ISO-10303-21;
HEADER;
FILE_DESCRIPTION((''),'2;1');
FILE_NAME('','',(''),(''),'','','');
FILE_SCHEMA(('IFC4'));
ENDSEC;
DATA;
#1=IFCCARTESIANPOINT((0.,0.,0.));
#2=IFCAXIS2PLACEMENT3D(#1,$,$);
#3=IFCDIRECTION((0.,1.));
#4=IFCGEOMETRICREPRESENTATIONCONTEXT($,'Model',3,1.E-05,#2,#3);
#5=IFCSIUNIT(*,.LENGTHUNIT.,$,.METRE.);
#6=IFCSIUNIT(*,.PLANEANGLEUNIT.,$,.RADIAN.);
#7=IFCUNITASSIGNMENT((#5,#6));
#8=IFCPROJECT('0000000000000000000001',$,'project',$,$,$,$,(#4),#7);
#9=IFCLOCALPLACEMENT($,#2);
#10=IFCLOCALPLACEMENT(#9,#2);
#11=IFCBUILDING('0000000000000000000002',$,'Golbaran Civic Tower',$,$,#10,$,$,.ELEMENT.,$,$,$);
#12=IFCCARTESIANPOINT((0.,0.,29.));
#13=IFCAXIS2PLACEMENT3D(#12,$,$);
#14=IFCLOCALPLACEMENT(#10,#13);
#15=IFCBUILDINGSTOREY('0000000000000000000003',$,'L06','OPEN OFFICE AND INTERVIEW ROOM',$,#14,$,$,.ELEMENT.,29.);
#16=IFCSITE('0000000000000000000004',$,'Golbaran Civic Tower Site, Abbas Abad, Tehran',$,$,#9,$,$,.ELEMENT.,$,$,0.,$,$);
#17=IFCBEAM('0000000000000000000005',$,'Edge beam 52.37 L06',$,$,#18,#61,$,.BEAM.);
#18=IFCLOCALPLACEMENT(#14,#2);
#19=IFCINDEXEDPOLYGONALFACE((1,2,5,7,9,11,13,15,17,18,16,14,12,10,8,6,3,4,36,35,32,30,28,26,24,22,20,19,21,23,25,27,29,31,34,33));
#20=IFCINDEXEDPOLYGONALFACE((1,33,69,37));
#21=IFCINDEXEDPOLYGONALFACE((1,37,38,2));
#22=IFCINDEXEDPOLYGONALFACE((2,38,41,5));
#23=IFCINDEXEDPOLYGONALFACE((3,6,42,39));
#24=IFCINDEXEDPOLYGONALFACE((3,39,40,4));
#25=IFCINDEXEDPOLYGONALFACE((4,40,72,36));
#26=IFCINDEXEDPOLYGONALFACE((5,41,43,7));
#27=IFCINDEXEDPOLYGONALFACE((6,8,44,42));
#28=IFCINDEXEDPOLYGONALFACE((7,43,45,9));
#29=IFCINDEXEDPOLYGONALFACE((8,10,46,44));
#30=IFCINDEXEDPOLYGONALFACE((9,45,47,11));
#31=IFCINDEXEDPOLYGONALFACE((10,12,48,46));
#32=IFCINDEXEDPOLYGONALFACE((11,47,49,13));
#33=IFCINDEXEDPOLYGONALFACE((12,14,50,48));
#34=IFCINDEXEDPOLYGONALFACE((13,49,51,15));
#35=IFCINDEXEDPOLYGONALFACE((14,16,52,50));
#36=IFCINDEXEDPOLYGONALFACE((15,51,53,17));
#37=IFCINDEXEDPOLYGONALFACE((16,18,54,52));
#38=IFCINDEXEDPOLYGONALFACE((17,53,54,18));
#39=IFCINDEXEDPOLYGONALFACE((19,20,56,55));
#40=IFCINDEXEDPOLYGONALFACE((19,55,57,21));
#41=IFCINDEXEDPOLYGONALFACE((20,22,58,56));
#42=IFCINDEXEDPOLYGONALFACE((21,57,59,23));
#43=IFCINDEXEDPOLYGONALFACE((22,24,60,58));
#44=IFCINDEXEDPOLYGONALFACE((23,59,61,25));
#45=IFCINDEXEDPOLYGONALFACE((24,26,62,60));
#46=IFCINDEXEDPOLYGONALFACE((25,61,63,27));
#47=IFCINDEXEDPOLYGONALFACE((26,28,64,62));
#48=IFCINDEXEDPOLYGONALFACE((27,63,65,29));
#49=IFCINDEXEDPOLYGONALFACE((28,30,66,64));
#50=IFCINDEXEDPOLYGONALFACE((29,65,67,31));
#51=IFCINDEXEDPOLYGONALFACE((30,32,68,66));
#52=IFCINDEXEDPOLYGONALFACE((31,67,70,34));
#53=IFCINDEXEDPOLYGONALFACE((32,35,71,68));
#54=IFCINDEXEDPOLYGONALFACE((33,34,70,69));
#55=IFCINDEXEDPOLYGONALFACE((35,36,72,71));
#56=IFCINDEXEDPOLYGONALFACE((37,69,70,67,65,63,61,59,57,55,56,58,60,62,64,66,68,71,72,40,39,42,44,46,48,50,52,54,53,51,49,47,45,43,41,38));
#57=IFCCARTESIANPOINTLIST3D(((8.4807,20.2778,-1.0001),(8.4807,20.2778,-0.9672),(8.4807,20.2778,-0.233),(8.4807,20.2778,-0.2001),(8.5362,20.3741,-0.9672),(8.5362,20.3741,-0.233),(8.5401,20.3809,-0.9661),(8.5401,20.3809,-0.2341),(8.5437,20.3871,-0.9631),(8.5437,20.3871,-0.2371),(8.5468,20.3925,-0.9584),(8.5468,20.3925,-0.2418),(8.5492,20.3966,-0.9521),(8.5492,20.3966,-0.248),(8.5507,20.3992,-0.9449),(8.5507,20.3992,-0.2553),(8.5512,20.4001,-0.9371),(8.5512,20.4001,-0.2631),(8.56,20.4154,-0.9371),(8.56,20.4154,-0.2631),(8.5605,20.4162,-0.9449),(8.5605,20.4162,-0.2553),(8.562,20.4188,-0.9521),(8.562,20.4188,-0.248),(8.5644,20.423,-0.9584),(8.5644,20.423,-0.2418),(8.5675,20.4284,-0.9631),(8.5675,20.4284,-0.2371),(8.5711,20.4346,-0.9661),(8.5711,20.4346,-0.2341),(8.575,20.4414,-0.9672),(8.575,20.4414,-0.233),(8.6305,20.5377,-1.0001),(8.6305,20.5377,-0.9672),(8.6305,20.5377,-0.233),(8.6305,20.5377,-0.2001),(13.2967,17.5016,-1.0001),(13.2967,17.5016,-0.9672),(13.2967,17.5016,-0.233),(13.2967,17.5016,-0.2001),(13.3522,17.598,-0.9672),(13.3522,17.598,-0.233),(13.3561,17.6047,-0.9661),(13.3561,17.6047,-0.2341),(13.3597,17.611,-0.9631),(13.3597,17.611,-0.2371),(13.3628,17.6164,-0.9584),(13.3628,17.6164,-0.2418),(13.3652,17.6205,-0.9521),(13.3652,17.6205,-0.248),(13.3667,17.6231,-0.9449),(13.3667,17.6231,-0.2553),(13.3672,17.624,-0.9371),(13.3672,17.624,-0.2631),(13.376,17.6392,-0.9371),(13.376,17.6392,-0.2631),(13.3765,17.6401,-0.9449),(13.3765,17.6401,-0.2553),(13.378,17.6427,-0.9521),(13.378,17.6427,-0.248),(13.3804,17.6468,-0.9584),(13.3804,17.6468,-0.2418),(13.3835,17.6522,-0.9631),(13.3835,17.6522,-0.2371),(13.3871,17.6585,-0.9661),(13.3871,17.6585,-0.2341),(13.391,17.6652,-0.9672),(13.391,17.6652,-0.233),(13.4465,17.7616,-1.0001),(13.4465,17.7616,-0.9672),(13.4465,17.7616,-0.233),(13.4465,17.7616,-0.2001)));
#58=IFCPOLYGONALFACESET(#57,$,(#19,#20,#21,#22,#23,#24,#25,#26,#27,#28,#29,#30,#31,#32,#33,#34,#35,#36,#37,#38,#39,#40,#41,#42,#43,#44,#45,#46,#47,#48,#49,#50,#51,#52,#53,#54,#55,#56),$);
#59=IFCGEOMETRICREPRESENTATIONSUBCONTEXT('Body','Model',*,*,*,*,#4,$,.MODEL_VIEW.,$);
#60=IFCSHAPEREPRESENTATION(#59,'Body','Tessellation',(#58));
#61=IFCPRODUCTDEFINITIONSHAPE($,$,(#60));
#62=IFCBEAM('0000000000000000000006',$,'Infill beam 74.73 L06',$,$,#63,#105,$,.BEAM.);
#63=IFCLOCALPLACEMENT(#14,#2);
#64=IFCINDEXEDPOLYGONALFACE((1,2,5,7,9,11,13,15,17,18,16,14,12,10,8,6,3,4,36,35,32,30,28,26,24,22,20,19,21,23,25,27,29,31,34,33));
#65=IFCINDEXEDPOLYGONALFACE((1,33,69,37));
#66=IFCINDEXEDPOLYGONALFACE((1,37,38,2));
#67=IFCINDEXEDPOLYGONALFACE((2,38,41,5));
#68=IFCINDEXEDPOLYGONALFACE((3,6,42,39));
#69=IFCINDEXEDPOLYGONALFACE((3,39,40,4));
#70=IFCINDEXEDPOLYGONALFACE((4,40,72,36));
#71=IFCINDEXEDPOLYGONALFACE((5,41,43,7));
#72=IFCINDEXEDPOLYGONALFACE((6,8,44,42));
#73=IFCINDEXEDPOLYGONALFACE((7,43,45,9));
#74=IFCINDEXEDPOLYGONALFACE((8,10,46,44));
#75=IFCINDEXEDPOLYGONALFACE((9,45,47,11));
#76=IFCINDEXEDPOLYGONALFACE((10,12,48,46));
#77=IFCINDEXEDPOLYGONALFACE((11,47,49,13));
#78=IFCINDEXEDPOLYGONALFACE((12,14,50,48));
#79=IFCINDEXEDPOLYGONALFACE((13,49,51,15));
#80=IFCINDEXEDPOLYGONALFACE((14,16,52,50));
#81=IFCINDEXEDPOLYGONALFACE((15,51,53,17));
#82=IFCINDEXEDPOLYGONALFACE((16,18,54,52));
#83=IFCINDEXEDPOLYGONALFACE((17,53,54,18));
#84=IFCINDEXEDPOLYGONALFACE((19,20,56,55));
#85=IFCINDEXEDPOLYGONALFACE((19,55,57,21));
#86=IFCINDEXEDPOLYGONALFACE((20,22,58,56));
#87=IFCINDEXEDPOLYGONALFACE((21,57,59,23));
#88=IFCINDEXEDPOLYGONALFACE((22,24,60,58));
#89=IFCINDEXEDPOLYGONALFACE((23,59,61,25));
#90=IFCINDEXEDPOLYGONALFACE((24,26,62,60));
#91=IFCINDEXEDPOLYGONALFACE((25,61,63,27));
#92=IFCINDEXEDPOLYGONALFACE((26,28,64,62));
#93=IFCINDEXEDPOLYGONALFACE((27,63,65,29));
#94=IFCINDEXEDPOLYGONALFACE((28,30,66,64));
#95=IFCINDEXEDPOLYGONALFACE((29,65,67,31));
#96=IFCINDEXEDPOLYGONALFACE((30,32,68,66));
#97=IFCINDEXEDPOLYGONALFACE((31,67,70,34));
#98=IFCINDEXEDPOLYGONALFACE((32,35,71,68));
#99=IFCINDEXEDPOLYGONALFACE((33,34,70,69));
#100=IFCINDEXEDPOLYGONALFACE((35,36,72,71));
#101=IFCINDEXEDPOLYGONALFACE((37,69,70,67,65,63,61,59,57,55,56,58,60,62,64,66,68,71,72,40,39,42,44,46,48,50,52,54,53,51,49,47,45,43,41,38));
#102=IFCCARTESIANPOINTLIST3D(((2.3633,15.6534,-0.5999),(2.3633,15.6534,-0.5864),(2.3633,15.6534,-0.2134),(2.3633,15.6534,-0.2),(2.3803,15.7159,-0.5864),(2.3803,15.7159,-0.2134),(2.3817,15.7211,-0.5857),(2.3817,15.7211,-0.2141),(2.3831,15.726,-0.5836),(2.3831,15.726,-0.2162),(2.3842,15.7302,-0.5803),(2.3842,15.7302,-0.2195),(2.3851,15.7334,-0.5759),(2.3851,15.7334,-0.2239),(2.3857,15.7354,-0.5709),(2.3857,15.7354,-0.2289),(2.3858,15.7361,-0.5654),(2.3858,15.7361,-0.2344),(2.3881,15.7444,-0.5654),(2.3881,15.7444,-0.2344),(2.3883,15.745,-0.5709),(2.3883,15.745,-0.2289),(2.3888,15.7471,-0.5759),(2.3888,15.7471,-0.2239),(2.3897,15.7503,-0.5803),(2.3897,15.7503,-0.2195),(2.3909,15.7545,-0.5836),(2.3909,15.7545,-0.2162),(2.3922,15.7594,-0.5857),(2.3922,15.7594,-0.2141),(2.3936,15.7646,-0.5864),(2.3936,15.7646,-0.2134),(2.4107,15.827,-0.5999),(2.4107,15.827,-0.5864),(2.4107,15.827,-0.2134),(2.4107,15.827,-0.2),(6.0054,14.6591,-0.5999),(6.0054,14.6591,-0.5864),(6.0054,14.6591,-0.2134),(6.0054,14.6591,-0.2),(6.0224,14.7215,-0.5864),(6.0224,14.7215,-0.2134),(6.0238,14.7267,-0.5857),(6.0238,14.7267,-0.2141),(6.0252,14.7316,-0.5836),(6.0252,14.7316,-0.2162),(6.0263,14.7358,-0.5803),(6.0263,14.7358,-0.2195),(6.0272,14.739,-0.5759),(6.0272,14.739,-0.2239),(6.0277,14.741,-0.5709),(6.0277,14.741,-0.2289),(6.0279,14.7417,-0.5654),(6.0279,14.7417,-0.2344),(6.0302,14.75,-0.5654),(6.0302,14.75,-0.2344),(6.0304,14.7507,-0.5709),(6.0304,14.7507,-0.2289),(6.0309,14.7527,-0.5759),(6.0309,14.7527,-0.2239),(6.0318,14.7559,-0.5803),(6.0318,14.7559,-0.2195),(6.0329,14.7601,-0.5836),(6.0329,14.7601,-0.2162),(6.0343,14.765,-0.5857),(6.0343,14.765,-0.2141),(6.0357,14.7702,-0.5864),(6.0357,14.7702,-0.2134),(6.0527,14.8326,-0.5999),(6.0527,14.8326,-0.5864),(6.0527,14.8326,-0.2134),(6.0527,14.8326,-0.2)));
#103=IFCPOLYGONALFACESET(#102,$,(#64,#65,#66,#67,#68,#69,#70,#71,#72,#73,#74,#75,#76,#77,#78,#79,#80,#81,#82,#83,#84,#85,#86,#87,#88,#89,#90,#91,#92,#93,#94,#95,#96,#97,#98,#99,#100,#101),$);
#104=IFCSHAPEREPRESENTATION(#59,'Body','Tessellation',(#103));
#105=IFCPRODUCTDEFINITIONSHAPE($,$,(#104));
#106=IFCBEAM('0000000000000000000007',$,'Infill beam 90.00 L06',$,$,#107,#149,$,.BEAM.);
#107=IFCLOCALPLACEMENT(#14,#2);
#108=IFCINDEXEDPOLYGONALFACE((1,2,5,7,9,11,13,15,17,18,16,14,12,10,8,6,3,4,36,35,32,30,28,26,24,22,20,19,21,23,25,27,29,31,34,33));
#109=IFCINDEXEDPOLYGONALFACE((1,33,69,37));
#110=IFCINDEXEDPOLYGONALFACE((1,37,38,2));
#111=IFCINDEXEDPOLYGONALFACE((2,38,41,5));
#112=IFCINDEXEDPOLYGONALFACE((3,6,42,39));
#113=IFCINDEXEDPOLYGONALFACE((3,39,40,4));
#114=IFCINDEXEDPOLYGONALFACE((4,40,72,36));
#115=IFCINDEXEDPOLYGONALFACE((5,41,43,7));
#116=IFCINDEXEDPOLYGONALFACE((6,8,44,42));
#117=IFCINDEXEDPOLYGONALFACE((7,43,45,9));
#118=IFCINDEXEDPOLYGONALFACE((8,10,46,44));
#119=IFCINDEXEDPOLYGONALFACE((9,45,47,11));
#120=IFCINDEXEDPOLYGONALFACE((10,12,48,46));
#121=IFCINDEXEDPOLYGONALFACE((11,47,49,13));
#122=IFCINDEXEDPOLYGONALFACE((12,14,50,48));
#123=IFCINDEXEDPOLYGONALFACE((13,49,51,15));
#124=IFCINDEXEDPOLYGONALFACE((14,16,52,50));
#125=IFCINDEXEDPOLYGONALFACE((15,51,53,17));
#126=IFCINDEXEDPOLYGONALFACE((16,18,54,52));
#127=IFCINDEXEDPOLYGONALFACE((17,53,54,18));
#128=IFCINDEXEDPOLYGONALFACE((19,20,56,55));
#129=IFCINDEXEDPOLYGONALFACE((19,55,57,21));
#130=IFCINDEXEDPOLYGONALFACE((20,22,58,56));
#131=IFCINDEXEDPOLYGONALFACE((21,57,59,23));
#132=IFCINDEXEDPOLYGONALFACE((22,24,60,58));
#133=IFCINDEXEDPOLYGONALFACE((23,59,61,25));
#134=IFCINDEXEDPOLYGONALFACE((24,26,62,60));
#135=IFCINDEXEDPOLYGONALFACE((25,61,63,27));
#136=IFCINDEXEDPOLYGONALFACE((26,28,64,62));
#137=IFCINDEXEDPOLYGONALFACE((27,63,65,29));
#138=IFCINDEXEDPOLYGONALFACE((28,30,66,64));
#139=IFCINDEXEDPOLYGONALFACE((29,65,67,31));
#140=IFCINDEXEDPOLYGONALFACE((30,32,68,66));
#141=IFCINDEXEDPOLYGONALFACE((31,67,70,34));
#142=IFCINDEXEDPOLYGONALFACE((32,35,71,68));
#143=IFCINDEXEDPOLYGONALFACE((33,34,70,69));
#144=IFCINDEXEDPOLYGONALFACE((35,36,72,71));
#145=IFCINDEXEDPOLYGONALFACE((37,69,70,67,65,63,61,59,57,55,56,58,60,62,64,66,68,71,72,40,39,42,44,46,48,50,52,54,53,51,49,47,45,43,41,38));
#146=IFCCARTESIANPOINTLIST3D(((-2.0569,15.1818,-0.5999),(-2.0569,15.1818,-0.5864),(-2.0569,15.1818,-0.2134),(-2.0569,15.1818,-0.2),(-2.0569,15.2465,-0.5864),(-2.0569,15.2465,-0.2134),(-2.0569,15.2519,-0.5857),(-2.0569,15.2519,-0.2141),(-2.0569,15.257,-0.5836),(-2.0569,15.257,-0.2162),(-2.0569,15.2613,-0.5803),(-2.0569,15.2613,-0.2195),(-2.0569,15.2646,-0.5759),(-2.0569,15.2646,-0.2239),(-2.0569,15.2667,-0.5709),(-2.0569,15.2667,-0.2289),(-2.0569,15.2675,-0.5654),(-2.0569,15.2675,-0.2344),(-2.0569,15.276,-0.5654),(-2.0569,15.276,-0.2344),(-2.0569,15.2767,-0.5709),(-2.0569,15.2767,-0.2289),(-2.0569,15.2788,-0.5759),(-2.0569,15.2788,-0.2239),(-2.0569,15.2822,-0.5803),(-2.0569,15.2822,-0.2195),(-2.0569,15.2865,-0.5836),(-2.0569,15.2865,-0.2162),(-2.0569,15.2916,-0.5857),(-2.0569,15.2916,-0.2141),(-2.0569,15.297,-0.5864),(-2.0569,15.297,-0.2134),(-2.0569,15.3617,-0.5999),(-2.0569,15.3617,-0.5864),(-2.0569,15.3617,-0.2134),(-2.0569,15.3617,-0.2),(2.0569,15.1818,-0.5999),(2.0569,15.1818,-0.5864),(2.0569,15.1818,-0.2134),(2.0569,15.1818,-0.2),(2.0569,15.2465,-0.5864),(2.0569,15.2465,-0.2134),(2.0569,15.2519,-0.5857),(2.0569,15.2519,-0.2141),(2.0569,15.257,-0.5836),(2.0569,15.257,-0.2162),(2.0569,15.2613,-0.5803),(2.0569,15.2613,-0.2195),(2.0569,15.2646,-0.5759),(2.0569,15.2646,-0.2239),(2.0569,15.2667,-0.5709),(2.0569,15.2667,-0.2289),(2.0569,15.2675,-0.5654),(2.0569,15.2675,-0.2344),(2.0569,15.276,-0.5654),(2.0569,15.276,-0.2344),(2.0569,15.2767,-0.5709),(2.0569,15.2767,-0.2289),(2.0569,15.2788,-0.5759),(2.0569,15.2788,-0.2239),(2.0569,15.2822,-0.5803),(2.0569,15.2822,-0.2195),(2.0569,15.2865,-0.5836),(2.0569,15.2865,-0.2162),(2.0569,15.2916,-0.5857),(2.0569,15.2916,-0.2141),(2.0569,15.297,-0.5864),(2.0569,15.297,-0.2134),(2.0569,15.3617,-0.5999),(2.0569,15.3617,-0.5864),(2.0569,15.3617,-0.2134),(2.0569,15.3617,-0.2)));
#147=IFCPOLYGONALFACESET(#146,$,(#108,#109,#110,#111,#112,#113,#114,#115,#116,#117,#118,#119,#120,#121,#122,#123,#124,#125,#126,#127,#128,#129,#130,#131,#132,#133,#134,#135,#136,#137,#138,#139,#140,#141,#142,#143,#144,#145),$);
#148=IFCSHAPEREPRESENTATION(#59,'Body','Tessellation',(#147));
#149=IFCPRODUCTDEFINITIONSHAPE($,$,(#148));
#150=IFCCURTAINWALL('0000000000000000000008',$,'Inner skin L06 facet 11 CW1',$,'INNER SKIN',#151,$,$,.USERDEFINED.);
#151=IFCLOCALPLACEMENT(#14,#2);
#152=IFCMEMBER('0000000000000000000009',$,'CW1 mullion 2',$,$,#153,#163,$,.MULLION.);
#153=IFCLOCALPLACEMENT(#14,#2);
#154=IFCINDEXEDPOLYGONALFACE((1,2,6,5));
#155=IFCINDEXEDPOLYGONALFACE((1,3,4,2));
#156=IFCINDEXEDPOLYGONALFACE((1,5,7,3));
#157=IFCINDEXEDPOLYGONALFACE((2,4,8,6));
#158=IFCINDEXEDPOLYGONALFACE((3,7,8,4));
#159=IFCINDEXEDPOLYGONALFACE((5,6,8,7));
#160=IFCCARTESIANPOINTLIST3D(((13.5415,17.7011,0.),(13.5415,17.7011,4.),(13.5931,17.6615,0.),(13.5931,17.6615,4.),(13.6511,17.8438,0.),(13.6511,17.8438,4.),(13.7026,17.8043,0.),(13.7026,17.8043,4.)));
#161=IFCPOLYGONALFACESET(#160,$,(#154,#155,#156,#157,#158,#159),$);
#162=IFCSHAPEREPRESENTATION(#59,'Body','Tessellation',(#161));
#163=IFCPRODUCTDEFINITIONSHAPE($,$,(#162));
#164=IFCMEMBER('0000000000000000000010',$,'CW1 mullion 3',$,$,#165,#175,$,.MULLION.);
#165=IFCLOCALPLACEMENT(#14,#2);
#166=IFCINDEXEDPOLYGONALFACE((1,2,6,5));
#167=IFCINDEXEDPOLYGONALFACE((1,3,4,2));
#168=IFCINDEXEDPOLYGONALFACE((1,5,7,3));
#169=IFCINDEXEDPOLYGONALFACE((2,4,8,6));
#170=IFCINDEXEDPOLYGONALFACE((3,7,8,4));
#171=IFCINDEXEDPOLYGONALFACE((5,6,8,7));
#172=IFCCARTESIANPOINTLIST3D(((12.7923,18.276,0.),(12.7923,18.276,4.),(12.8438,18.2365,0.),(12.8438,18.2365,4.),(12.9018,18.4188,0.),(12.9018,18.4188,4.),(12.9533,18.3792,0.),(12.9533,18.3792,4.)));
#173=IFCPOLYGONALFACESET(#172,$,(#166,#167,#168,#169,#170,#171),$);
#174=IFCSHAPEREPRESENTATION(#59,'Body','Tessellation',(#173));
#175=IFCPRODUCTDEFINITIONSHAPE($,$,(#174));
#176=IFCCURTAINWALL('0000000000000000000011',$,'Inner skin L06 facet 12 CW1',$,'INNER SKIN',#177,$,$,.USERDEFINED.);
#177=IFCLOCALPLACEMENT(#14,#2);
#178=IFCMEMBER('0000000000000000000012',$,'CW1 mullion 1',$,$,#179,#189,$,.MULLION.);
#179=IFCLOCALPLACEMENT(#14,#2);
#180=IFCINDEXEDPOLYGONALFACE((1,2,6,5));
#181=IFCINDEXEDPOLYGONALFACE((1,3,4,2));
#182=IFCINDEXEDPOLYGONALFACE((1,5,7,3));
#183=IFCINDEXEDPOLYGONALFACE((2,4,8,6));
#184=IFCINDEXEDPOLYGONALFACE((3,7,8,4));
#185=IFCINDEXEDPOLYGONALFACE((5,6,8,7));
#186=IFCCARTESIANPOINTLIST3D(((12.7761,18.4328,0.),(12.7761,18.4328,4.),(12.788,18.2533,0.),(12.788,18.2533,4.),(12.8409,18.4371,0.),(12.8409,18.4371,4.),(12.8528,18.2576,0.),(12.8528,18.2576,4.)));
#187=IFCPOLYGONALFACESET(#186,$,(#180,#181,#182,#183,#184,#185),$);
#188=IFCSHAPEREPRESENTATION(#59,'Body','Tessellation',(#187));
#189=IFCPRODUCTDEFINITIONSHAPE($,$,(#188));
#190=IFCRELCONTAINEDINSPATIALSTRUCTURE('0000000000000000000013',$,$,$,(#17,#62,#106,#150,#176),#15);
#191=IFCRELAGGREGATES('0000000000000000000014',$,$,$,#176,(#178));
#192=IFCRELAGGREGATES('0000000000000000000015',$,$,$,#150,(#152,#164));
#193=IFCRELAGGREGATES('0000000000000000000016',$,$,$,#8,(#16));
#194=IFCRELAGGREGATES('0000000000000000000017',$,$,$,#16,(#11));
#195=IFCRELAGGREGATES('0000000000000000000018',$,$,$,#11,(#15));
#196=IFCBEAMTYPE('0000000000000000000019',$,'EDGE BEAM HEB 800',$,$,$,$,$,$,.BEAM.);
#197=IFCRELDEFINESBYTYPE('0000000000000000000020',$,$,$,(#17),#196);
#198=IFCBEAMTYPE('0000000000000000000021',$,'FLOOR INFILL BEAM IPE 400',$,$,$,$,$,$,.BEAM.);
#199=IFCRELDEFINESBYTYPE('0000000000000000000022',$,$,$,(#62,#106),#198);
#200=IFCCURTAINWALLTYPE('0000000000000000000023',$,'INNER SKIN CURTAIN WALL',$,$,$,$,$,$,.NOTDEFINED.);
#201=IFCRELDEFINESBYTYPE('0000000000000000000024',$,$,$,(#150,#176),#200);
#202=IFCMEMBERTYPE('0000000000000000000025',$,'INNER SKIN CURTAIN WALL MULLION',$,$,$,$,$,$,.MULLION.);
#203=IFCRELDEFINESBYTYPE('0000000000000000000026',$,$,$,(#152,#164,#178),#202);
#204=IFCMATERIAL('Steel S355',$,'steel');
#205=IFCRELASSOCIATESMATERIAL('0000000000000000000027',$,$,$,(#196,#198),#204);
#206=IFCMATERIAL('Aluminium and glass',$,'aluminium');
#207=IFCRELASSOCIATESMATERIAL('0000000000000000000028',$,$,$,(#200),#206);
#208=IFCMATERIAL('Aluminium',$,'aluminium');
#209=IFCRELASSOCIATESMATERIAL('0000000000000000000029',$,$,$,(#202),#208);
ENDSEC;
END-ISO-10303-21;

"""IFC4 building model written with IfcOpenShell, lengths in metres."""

from ifc_helpers import new_model, si_unit, direction, frame, origin, origin_2d, place, context, subcontext, project, spatial, rectangle, i_section, extrude, material, material_profile, profile_set, type_object, element, aggregate, save


model = new_model("IFC4")

# Units and contexts
model_context = context("Model", 3, precision=1e-05, world=origin(), true_north=direction((0.0, 1.0)))
body_context = subcontext(model_context, "Body", "Model", "MODEL_VIEW")
ifc_project = project(units=[si_unit("LENGTHUNIT", "METRE"), si_unit("PLANEANGLEUNIT", "RADIAN")], contexts=[model_context])

# Site, building, storey
site_placement = place(None, origin())
site = spatial("IfcSite", under=ifc_project, at=site_placement, Name="Golbaran Civic Tower Site, Abbas Abad, Tehran", CompositionType="ELEMENT", RefElevation=0.0)
building_placement = place(site_placement, origin())
building = spatial("IfcBuilding", under=site, at=building_placement, Name="Golbaran Civic Tower", CompositionType="ELEMENT")
storey_placement = place(building_placement, frame((0.0, 0.0, 29.0)))
storey = spatial("IfcBuildingStorey", under=building, at=storey_placement, Name="L06", Description="OPEN OFFICE AND INTERVIEW ROOM", CompositionType="ELEMENT", Elevation=29.0)

# Beams
ifc_material_1 = material(Name="Steel S355", Category="steel")
ifc_material_profile_1 = material_profile(ifc_material_1, i_section(OverallWidth=0.3, OverallDepth=0.8, WebThickness=0.0176, FlangeThickness=0.033, FilletRadius=0.03, at=origin_2d()), Name="HEB 800")
ifc_profile_set_1 = profile_set([ifc_material_profile_1], Name="Steel S355")
beam_type_1 = type_object("IfcBeamType", Name="EDGE BEAM HEB 800", PredefinedType="BEAM", material=ifc_profile_set_1)
beam_1_placement = place(storey_placement, frame((13.3716, 17.6316, -0.6001), z_axis=(-0.866364, 0.499413, 0.0), x_axis=(-0.499413, -0.866364, 0.0)))
element("IfcBeam", 1, at=beam_1_placement, inside=storey, type_object=beam_type_1, Name="Edge beam 52.37 L06", PredefinedType="BEAM", context=body_context, shape_type="SweptSolid", body=[
    extrude(i_section(OverallWidth=0.3, OverallDepth=0.8, WebThickness=0.0176, FlangeThickness=0.033, FilletRadius=0.03, at=origin_2d()), origin(), (0.0, 0.0, 1.0), 5.5588),
])
ifc_material_profile_2 = material_profile(ifc_material_1, i_section(OverallWidth=0.1799, OverallDepth=0.3999, WebThickness=0.0085, FlangeThickness=0.0134, FilletRadius=0.021, at=origin_2d()), Name="IPE 400")
ifc_profile_set_2 = profile_set([ifc_material_profile_2], Name="Steel S355")
beam_type_2 = type_object("IfcBeamType", Name="FLOOR INFILL BEAM IPE 400", PredefinedType="BEAM", material=ifc_profile_set_2)
beam_2_placement = place(storey_placement, frame((6.0291, 14.7458, -0.3999), z_axis=(-0.964691, 0.263386, 0.0), x_axis=(-0.263386, -0.964691, 0.0)))
element("IfcBeam", 2, at=beam_2_placement, inside=storey, type_object=beam_type_2, Name="Infill beam 74.73 L06", PredefinedType="BEAM", context=body_context, shape_type="SweptSolid", body=[
    extrude(i_section(OverallWidth=0.1799, OverallDepth=0.3999, WebThickness=0.0085, FlangeThickness=0.0134, FilletRadius=0.021, at=origin_2d()), origin(), (0.0, 0.0, 1.0), 3.7754),
])
beam_3_placement = place(storey_placement, frame((2.0569, 15.2717, -0.3999), z_axis=(-1.0, 0.0, 0.0), x_axis=(0.0, -1.0, 0.0)))
element("IfcBeam", 3, at=beam_3_placement, inside=storey, type_object=beam_type_2, Name="Infill beam 90.00 L06", PredefinedType="BEAM", context=body_context, shape_type="SweptSolid", body=[
    extrude(i_section(OverallWidth=0.1799, OverallDepth=0.3999, WebThickness=0.0085, FlangeThickness=0.0134, FilletRadius=0.021, at=origin_2d()), origin(), (0.0, 0.0, 1.0), 4.1138),
])

# Curtain walls, members
ifc_material_2 = material(Name="Aluminium and glass", Category="aluminium")
curtain_wall_type = type_object("IfcCurtainWallType", Name="INNER SKIN CURTAIN WALL", PredefinedType="NOTDEFINED", material=ifc_material_2)
curtain_wall_1_placement = place(storey_placement, origin())
curtain_wall_1 = element("IfcCurtainWall", 4, at=curtain_wall_1_placement, inside=storey, type_object=curtain_wall_type, Name="Inner skin L06 facet 11 CW1", ObjectType="INNER SKIN", PredefinedType="USERDEFINED")
ifc_material_3 = material(Name="Aluminium", Category="aluminium")
ifc_material_profile_3 = material_profile(ifc_material_3, rectangle(XDim=0.1799, YDim=0.0649, at=origin_2d()), Name="INNER SKIN CURTAIN WALL MULLION")
ifc_profile_set_3 = profile_set([ifc_material_profile_3], Name="Aluminium")
member_type_1 = type_object("IfcMemberType", Name="INNER SKIN CURTAIN WALL MULLION", PredefinedType="MULLION", material=ifc_profile_set_3)
member_1_placement = place(storey_placement, frame((13.6221, 17.7527, 0.0), z_axis=(0.0, 0.0, 1.0), x_axis=(-0.608761, -0.793353, 0.0)))
member_1 = element("IfcMember", 5, at=member_1_placement, type_object=member_type_1, Name="CW1 mullion 2", PredefinedType="MULLION", context=body_context, shape_type="SweptSolid", body=[
    extrude(rectangle(XDim=0.1799, YDim=0.0649, at=origin_2d()), origin(), (0.0, 0.0, 1.0), 4.0),
])
member_2_placement = place(storey_placement, frame((12.8728, 18.3276, 0.0), z_axis=(0.0, 0.0, 1.0), x_axis=(-0.608761, -0.793353, 0.0)))
member_2 = element("IfcMember", 6, at=member_2_placement, type_object=member_type_1, Name="CW1 mullion 3", PredefinedType="MULLION", context=body_context, shape_type="SweptSolid", body=[
    extrude(rectangle(XDim=0.1799, YDim=0.0649, at=origin_2d()), origin(), (0.0, 0.0, 1.0), 4.0),
])
curtain_wall_2_placement = place(storey_placement, origin())
curtain_wall_2 = element("IfcCurtainWall", 7, at=curtain_wall_2_placement, inside=storey, type_object=curtain_wall_type, Name="Inner skin L06 facet 12 CW1", ObjectType="INNER SKIN", PredefinedType="USERDEFINED")
member_3_placement = place(storey_placement, frame((12.8145, 18.3452, 0.0), z_axis=(0.0, 0.0, 1.0), x_axis=(0.066606, -0.997779, 0.0)))
member_3 = element("IfcMember", 8, at=member_3_placement, type_object=member_type_1, Name="CW1 mullion 1", PredefinedType="MULLION", context=body_context, shape_type="SweptSolid", body=[
    extrude(rectangle(XDim=0.1799, YDim=0.0649, at=origin_2d()), origin(), (0.0, 0.0, 1.0), 4.0),
])

aggregate(curtain_wall_2, [member_3])
aggregate(curtain_wall_1, [member_1, member_2])

save(model, "model.ifc")
